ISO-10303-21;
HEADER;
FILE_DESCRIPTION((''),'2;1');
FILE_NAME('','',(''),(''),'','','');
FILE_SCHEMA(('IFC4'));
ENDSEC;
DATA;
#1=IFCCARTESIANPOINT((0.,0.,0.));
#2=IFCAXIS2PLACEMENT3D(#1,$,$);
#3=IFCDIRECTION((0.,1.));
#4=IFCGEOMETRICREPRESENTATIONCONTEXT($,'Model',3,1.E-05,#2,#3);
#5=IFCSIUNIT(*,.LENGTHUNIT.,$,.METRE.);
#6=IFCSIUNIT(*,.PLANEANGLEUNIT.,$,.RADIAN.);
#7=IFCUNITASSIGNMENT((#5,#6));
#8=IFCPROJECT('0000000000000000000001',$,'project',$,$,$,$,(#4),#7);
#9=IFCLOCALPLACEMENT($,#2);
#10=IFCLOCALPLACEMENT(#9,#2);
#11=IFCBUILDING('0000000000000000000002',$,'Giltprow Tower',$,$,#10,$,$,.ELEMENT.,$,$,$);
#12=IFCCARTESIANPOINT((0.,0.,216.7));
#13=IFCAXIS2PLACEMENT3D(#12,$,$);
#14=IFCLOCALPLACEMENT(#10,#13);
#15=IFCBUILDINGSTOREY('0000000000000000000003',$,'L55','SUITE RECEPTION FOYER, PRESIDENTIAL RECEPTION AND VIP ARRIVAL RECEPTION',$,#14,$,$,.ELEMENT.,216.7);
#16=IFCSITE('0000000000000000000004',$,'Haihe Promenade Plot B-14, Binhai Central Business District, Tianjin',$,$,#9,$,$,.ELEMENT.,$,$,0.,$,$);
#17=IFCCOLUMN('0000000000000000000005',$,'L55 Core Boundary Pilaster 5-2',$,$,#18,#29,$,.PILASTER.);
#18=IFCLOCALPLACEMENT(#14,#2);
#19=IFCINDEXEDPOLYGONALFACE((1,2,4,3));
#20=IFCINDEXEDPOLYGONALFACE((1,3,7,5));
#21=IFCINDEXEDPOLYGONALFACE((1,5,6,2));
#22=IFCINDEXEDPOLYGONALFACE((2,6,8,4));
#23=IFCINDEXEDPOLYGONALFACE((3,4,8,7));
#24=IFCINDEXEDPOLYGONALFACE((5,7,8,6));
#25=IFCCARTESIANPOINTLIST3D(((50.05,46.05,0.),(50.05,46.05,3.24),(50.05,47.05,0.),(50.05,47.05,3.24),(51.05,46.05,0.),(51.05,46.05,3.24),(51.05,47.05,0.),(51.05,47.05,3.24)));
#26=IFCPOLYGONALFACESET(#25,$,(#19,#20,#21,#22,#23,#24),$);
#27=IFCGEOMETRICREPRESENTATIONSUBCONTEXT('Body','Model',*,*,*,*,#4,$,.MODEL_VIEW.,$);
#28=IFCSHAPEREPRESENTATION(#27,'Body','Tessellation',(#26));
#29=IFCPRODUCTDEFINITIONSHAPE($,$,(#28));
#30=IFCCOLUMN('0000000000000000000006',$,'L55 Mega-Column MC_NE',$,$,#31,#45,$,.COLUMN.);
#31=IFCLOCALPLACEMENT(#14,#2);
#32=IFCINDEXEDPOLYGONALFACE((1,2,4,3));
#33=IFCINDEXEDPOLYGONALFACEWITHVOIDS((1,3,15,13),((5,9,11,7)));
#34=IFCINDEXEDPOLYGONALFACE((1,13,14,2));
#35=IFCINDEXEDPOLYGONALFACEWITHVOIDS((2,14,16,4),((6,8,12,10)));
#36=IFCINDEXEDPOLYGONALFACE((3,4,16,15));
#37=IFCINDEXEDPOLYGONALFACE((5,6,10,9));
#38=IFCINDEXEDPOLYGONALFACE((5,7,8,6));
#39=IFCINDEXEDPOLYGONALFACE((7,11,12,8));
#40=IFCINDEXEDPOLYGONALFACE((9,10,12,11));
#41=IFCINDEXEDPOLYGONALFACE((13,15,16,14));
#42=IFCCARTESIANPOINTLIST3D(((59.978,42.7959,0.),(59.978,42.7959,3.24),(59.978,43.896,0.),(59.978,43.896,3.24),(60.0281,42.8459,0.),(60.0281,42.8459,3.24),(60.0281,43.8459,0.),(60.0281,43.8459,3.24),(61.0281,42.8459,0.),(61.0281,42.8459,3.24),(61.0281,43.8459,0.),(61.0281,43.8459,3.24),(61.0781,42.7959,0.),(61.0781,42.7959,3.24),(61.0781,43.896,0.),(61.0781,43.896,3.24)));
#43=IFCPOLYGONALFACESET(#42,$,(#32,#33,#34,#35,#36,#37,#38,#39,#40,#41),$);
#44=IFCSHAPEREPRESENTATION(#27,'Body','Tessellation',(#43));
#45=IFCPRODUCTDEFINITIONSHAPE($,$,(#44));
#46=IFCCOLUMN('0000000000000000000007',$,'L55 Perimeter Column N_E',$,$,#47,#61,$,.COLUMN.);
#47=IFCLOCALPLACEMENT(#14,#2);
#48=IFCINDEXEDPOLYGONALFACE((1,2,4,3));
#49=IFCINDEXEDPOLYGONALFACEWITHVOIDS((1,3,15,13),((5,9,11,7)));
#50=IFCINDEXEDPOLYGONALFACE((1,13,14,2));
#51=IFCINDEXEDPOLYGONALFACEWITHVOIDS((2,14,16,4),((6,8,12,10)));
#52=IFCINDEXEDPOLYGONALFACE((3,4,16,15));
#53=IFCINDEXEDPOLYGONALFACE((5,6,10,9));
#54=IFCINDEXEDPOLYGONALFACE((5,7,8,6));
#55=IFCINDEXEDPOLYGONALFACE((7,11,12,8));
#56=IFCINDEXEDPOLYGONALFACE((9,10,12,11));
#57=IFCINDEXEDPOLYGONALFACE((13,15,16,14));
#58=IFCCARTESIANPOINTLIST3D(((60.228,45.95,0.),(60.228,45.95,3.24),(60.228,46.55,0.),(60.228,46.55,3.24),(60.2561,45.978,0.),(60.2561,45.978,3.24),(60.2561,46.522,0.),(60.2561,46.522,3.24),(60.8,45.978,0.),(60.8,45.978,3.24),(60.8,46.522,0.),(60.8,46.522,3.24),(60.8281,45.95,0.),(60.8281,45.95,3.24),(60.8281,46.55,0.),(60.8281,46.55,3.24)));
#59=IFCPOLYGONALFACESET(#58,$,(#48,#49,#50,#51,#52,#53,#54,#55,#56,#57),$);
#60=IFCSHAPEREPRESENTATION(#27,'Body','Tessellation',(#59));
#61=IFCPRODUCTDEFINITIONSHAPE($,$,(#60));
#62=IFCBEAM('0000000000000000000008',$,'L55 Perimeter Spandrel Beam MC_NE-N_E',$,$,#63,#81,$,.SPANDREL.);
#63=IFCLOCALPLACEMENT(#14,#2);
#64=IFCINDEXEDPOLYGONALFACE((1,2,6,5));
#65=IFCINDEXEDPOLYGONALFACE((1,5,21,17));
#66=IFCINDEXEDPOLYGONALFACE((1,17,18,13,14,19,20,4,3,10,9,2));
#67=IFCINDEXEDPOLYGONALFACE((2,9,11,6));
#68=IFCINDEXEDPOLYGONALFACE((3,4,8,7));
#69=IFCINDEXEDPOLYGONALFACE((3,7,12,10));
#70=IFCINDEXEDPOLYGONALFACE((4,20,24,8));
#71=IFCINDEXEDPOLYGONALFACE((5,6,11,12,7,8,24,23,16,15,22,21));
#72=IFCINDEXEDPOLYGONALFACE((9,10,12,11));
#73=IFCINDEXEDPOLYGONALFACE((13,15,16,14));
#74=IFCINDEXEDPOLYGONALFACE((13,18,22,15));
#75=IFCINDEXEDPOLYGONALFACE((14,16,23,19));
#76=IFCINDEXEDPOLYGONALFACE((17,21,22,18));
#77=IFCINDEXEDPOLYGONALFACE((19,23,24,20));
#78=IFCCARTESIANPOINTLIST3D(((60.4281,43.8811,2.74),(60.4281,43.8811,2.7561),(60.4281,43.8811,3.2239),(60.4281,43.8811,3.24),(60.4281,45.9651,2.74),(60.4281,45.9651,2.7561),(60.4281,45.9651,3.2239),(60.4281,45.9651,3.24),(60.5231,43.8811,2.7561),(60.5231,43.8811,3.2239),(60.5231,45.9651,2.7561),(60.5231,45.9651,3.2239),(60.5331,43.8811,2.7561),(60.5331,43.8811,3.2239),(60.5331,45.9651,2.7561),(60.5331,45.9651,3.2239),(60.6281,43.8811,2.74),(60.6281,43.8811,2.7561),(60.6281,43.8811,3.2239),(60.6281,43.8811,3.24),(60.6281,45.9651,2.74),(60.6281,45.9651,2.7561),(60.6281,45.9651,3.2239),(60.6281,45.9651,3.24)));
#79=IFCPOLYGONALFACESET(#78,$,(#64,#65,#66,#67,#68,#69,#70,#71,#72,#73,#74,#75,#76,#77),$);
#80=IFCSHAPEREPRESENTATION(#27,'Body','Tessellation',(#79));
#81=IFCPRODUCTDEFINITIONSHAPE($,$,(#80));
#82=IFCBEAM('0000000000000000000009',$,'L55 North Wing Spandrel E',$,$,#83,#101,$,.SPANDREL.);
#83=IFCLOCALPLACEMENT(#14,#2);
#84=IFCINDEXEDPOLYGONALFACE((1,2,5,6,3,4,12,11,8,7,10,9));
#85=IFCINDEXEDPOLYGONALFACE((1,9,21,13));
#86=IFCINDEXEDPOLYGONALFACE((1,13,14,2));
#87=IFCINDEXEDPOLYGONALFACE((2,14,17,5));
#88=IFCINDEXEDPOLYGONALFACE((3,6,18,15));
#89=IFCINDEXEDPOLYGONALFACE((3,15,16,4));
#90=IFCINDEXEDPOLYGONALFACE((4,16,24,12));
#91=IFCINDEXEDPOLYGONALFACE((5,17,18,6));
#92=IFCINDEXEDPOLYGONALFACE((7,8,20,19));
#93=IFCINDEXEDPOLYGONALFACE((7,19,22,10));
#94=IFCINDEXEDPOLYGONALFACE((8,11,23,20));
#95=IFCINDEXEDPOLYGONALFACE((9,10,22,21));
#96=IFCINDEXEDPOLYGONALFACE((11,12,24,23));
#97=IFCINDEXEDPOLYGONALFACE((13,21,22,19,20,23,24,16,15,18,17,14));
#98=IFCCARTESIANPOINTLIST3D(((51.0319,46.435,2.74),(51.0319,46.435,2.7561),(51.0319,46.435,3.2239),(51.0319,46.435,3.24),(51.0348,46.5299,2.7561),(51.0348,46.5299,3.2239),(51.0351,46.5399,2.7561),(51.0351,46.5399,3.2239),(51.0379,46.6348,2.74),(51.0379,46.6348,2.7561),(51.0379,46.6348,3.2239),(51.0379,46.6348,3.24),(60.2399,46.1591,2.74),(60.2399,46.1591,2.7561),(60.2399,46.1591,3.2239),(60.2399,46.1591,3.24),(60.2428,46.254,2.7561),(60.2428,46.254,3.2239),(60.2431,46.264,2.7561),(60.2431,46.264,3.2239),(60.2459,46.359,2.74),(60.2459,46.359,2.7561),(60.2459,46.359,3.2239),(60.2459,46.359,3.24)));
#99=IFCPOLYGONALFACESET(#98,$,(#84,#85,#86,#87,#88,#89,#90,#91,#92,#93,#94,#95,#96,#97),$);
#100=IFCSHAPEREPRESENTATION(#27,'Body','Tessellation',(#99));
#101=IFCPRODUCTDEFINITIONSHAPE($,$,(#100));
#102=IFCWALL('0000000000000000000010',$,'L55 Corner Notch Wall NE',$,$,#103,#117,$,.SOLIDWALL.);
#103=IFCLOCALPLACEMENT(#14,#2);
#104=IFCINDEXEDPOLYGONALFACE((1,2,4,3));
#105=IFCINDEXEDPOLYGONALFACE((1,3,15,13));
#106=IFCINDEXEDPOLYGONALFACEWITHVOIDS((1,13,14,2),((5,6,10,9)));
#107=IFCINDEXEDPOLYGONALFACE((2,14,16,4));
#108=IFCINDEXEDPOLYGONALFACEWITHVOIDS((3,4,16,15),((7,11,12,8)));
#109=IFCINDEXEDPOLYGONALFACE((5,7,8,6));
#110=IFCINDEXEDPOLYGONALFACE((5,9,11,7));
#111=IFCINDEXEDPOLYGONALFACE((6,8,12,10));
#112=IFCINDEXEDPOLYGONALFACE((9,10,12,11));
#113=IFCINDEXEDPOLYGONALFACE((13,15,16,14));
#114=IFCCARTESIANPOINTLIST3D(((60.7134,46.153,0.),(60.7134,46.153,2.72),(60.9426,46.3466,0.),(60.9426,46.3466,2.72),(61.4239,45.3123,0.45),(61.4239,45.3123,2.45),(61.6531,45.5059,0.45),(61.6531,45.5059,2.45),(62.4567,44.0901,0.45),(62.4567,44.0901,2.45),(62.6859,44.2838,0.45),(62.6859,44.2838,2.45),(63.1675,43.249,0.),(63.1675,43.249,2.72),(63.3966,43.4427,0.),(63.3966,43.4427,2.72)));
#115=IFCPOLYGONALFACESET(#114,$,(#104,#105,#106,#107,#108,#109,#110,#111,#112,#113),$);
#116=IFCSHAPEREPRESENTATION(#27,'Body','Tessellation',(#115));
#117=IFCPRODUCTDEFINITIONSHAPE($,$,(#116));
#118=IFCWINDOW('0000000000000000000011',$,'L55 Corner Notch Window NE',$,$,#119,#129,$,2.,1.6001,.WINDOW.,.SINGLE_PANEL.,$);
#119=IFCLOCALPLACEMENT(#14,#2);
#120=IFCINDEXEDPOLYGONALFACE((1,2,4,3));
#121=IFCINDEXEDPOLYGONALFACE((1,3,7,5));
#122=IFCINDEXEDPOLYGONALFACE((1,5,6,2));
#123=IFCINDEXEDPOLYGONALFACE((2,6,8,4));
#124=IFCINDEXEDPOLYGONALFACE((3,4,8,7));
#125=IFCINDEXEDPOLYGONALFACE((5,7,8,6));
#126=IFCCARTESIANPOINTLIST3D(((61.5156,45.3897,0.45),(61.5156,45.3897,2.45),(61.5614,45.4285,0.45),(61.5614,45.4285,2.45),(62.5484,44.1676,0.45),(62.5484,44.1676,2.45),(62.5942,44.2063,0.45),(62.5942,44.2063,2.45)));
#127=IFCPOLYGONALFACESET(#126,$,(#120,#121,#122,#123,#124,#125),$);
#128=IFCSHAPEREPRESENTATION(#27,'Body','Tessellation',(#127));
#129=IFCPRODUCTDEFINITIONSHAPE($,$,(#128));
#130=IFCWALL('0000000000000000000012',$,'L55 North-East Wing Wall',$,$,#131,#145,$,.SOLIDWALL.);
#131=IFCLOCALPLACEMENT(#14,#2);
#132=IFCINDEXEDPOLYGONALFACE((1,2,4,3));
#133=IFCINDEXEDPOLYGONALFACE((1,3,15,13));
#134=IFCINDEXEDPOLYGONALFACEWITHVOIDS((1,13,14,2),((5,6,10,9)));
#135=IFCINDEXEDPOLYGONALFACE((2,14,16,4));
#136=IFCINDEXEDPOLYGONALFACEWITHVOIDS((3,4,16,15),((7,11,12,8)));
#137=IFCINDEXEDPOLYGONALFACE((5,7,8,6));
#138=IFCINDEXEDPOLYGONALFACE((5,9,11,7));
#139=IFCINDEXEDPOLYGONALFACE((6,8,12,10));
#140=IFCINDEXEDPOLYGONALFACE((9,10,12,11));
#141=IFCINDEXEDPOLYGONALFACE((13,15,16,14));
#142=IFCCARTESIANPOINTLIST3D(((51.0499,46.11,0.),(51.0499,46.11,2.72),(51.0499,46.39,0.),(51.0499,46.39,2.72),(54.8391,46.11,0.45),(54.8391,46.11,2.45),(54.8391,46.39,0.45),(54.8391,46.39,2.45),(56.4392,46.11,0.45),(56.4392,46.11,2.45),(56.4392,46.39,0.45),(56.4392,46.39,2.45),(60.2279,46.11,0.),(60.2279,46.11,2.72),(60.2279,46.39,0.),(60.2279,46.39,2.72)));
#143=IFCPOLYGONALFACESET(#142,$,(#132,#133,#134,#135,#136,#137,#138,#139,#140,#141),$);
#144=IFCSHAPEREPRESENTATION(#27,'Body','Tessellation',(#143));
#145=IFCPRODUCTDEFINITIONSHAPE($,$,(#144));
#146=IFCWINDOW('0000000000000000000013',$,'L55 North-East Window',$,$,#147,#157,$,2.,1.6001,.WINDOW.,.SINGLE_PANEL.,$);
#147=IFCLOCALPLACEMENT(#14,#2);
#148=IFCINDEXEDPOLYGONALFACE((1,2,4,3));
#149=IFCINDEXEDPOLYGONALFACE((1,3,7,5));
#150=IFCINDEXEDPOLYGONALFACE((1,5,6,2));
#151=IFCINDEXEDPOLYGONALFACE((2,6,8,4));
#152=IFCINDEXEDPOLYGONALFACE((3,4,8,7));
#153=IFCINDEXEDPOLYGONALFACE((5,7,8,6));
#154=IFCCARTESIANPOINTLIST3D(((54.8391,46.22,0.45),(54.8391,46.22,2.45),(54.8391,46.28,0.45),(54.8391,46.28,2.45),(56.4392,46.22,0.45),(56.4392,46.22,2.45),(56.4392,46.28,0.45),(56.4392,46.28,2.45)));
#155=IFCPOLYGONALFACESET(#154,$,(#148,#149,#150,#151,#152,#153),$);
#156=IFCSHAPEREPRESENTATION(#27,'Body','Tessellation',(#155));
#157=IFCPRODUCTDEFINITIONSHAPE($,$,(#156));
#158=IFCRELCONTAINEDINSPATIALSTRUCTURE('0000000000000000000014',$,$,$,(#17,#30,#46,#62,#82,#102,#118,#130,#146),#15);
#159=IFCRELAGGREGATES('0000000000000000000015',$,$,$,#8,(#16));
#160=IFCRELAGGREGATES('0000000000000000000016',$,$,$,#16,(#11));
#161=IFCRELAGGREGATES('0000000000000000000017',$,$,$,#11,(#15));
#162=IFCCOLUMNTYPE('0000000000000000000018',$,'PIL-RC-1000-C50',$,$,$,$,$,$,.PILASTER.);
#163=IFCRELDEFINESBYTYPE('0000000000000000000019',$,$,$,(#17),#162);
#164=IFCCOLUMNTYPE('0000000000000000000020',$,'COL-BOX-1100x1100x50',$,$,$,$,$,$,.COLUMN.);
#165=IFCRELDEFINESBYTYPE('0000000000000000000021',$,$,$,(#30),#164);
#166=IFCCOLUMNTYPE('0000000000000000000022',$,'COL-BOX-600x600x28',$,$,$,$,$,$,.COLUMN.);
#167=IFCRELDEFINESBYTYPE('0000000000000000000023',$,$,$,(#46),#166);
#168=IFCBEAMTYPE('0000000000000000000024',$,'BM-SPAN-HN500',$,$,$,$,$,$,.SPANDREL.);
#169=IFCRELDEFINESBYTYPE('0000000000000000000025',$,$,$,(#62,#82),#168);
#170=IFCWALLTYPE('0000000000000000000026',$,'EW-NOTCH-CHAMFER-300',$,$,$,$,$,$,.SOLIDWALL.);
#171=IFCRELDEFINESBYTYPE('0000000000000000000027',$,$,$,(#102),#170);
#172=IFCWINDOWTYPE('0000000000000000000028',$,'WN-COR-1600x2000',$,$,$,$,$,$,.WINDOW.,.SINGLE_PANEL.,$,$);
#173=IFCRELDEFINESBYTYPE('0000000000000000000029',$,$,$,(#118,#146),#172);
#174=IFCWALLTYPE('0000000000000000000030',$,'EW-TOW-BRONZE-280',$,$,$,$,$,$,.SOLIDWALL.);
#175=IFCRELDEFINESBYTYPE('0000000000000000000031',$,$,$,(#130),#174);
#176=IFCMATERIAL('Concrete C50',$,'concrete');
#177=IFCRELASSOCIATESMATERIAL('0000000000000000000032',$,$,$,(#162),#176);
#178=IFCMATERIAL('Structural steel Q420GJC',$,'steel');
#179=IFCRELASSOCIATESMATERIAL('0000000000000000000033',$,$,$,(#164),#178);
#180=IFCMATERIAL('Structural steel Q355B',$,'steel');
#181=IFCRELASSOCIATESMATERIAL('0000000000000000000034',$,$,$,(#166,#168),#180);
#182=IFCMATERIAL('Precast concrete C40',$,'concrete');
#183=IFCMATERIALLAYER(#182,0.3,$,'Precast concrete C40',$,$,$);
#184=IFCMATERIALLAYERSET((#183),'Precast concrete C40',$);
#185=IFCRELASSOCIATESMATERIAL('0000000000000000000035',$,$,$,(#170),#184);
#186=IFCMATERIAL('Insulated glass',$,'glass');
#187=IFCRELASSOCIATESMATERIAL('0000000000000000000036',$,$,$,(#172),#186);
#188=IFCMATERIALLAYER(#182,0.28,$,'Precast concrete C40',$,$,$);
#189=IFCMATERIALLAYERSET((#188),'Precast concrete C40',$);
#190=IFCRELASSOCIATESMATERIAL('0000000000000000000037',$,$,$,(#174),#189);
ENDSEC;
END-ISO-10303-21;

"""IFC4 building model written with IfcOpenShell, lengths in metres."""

from ifc_helpers import new_model, si_unit, direction, frame, frame_2d, origin, origin_2d, place, context, subcontext, project, spatial, rectangle, hollow_rectangle, i_section, extrude, source, transform, mapped, material, layer, layer_set, material_profile, profile_set, type_object, element, fill, save


model = new_model("IFC4")

# Units and contexts
model_context = context("Model", 3, precision=1e-05, world=origin(), true_north=direction((0.0, 1.0)))
body_context = subcontext(model_context, "Body", "Model", "MODEL_VIEW")
ifc_project = project(units=[si_unit("LENGTHUNIT", "METRE"), si_unit("PLANEANGLEUNIT", "RADIAN")], contexts=[model_context])

# Site, building, storey
site_placement = place(None, origin())
site = spatial("IfcSite", under=ifc_project, at=site_placement, Name="Haihe Promenade Plot B-14, Binhai Central Business District, Tianjin", CompositionType="ELEMENT", RefElevation=0.0)
building_placement = place(site_placement, origin())
building = spatial("IfcBuilding", under=site, at=building_placement, Name="Giltprow Tower", CompositionType="ELEMENT")
storey_placement = place(building_placement, frame((0.0, 0.0, 216.7)))
storey = spatial("IfcBuildingStorey", under=building, at=storey_placement, Name="L55", Description="SUITE RECEPTION FOYER, PRESIDENTIAL RECEPTION AND VIP ARRIVAL RECEPTION", CompositionType="ELEMENT", Elevation=216.7)

# Columns
ifc_material_1 = material(Name="Concrete C50", Category="concrete")
ifc_material_profile_1 = material_profile(ifc_material_1, rectangle(XDim=1.0, YDim=1.0, at=origin_2d()), Name="RC 1000x1000")
ifc_profile_set_1 = profile_set([ifc_material_profile_1], Name="Concrete C50")
column_type_1 = type_object("IfcColumnType", Name="PIL-RC-1000-C50", PredefinedType="PILASTER", material=ifc_profile_set_1)
shared_shape_1 = source(origin(), body_context, "Body", "SweptSolid", [
    extrude(rectangle(XDim=1.0, YDim=1.0, at=origin_2d()), origin(), (0.0, 0.0, 1.0), 3.24),
])
column_1_placement = place(storey_placement, frame((50.55, 46.55, 0.0), z_axis=(0.0, 0.0, 1.0), x_axis=(1.0, 0.0, 0.0)))
element("IfcColumn", 1, at=column_1_placement, inside=storey, type_object=column_type_1, Name="L55 Core Boundary Pilaster 5-2", PredefinedType="PILASTER", context=body_context, shape_type="MappedRepresentation", body=[
    mapped(shared_shape_1, transform((0.0, 0.0, 0.0), x_axis=(1.0, 0.0, 0.0), y_axis=(0.0, 1.0, 0.0), z_axis=(0.0, 0.0, 1.0), scale=1.0)),
])
ifc_material_2 = material(Name="Structural steel Q420GJC", Category="steel")
ifc_material_profile_2 = material_profile(ifc_material_2, hollow_rectangle(XDim=1.1001, YDim=1.1001, WallThickness=0.05, at=origin_2d()), Name="BOX 1100x1100x50")
ifc_profile_set_2 = profile_set([ifc_material_profile_2], Name="Structural steel Q420GJC")
column_type_2 = type_object("IfcColumnType", Name="COL-BOX-1100x1100x50", PredefinedType="COLUMN", material=ifc_profile_set_2)
shared_shape_2 = source(origin(), body_context, "Body", "SweptSolid", [
    extrude(hollow_rectangle(XDim=1.1001, YDim=1.1001, WallThickness=0.05, at=origin_2d()), origin(), (0.0, 0.0, 1.0), 3.24),
])
column_2_placement = place(storey_placement, frame((60.5281, 43.3459, 0.0), z_axis=(0.0, 0.0, 1.0), x_axis=(1.0, 0.0, 0.0)))
element("IfcColumn", 2, at=column_2_placement, inside=storey, type_object=column_type_2, Name="L55 Mega-Column MC_NE", PredefinedType="COLUMN", context=body_context, shape_type="MappedRepresentation", body=[
    mapped(shared_shape_2, transform((0.0, 0.0, 0.0), x_axis=(1.0, 0.0, 0.0), y_axis=(0.0, 1.0, 0.0), z_axis=(0.0, 0.0, 1.0), scale=1.0)),
])
ifc_material_3 = material(Name="Structural steel Q355B", Category="steel")
ifc_material_profile_3 = material_profile(ifc_material_3, hollow_rectangle(XDim=0.6001, YDim=0.6001, WallThickness=0.0281, at=origin_2d()), Name="BOX 600x600x28")
ifc_profile_set_3 = profile_set([ifc_material_profile_3], Name="Structural steel Q355B")
column_type_3 = type_object("IfcColumnType", Name="COL-BOX-600x600x28", PredefinedType="COLUMN", material=ifc_profile_set_3)
shared_shape_3 = source(origin(), body_context, "Body", "SweptSolid", [
    extrude(hollow_rectangle(XDim=0.6001, YDim=0.6001, WallThickness=0.0281, at=origin_2d()), origin(), (0.0, 0.0, 1.0), 3.24),
])
column_3_placement = place(storey_placement, frame((60.5281, 46.25, 0.0), z_axis=(0.0, 0.0, 1.0), x_axis=(1.0, 0.0, 0.0)))
element("IfcColumn", 3, at=column_3_placement, inside=storey, type_object=column_type_3, Name="L55 Perimeter Column N_E", PredefinedType="COLUMN", context=body_context, shape_type="MappedRepresentation", body=[
    mapped(shared_shape_3, transform((0.0, 0.0, 0.0), x_axis=(1.0, 0.0, 0.0), y_axis=(0.0, 1.0, 0.0), z_axis=(0.0, 0.0, 1.0), scale=1.0)),
])

# Beams
ifc_material_profile_4 = material_profile(ifc_material_3, i_section(OverallWidth=0.2, OverallDepth=0.5, WebThickness=0.01, FlangeThickness=0.0161, at=origin_2d()), Name="HN 500x200x10x16")
ifc_profile_set_4 = profile_set([ifc_material_profile_4], Name="Structural steel Q355B")
beam_type = type_object("IfcBeamType", Name="BM-SPAN-HN500", PredefinedType="SPANDREL", material=ifc_profile_set_4)
shared_shape_4 = source(origin(), body_context, "Body", "SweptSolid", [
    extrude(i_section(OverallWidth=0.2, OverallDepth=0.5, WebThickness=0.01, FlangeThickness=0.0161, at=origin_2d()), origin(), (0.0, 0.0, 1.0), 2.084),
])
beam_1_placement = place(storey_placement, frame((60.5281, 43.8811, 2.99), z_axis=(0.0, 1.0, 0.0), x_axis=(-1.0, 0.0, 0.0)))
element("IfcBeam", 4, at=beam_1_placement, inside=storey, type_object=beam_type, Name="L55 Perimeter Spandrel Beam MC_NE-N_E", PredefinedType="SPANDREL", context=body_context, shape_type="MappedRepresentation", body=[
    mapped(shared_shape_4, transform((0.0, 0.0, 0.0), x_axis=(1.0, 0.0, 0.0), y_axis=(0.0, 1.0, 0.0), z_axis=(0.0, 0.0, 1.0), scale=1.0)),
])
shared_shape_5 = source(origin(), body_context, "Body", "SweptSolid", [
    extrude(i_section(OverallWidth=0.2, OverallDepth=0.5, WebThickness=0.01, FlangeThickness=0.0161, at=origin_2d()), origin(), (0.0, 0.0, 1.0), 9.2122),
])
beam_2_placement = place(storey_placement, frame((51.0349, 46.5349, 2.99), z_axis=(0.999551, -0.029947, 0.0), x_axis=(0.029947, 0.999551, 0.0)))
element("IfcBeam", 5, at=beam_2_placement, inside=storey, type_object=beam_type, Name="L55 North Wing Spandrel E", PredefinedType="SPANDREL", context=body_context, shape_type="MappedRepresentation", body=[
    mapped(shared_shape_5, transform((0.0, 0.0, 0.0), x_axis=(1.0, 0.0, 0.0), y_axis=(0.0, 1.0, 0.0), z_axis=(0.0, 0.0, 1.0), scale=1.0)),
])

# Walls, openings, windows
ifc_material_4 = material(Name="Precast concrete C40", Category="concrete")
ifc_layer_1 = layer(ifc_material_4, 0.3, Name="Precast concrete C40")
ifc_layer_set_1 = layer_set([ifc_layer_1], Name="Precast concrete C40")
wall_type_1 = type_object("IfcWallType", Name="EW-NOTCH-CHAMFER-300", PredefinedType="SOLIDWALL", material=ifc_layer_set_1)
wall_1_placement = place(storey_placement, frame((63.282, 43.3459, 0.0), z_axis=(0.0, 0.0, 1.0), x_axis=(-0.645456, 0.763798, 0.0)))
wall_1 = element("IfcWall", 6, at=wall_1_placement, inside=storey, type_object=wall_type_1, Name="L55 Corner Notch Wall NE", PredefinedType="SOLIDWALL", context=body_context, shape_type="SweptSolid", body=[
    extrude(rectangle(XDim=3.802, YDim=0.3, at=frame_2d((1.9009, 0.0))), origin(), (0.0, 0.0, 1.0), 2.72),
])
opening_1_placement = place(wall_1_placement, frame((1.1011, 0.0, 0.45)))
opening_1 = element("IfcOpeningElement", 7, at=opening_1_placement, cuts=wall_1, PredefinedType="OPENING", context=body_context, shape_type="SweptSolid", body=[
    extrude(rectangle(XDim=1.6001, YDim=2.0, at=frame_2d((0.8, 1.0))), frame((0.0, 0.1599, 0.0), z_axis=(0.0, -1.0, 0.0), x_axis=(1.0, 0.0, 0.0)), (0.0, 0.0, 1.0), 0.3201),
])
ifc_material_5 = material(Name="Insulated glass", Category="glass")
window_type = type_object("IfcWindowType", Name="WN-COR-1600x2000", PartitioningType="SINGLE_PANEL", PredefinedType="WINDOW", material=ifc_material_5)
shared_shape_6 = source(origin(), body_context, "Body", "SweptSolid", [
    extrude(rectangle(XDim=1.6001, YDim=2.0, at=frame_2d((0.8, 1.0))), frame((0.0, 0.03, 0.0), z_axis=(0.0, -1.0, 0.0), x_axis=(1.0, 0.0, 0.0)), (0.0, 0.0, 1.0), 0.0601),
])
window_1_placement = place(opening_1_placement, origin())
window_1 = element("IfcWindow", 8, at=window_1_placement, inside=storey, type_object=window_type, Name="L55 Corner Notch Window NE", OverallHeight=2.0, OverallWidth=1.6001, PartitioningType="SINGLE_PANEL", PredefinedType="WINDOW", context=body_context, shape_type="MappedRepresentation", body=[
    mapped(shared_shape_6, transform((0.0, 0.0, 0.0), x_axis=(1.0, 0.0, 0.0), y_axis=(0.0, 1.0, 0.0), z_axis=(0.0, 0.0, 1.0), scale=1.0)),
])
fill(opening_1, window_1)
ifc_layer_2 = layer(ifc_material_4, 0.28, Name="Precast concrete C40")
ifc_layer_set_2 = layer_set([ifc_layer_2], Name="Precast concrete C40")
wall_type_2 = type_object("IfcWallType", Name="EW-TOW-BRONZE-280", PredefinedType="SOLIDWALL", material=ifc_layer_set_2)
wall_2_placement = place(storey_placement, frame((51.05, 46.25, 0.0), z_axis=(0.0, 0.0, 1.0), x_axis=(1.0, 0.0, 0.0)))
wall_2 = element("IfcWall", 9, at=wall_2_placement, inside=storey, type_object=wall_type_2, Name="L55 North-East Wing Wall", PredefinedType="SOLIDWALL", context=body_context, shape_type="SweptSolid", body=[
    extrude(rectangle(XDim=9.178, YDim=0.28, at=frame_2d((4.5889, 0.0))), origin(), (0.0, 0.0, 1.0), 2.72),
])
opening_2_placement = place(wall_2_placement, frame((3.7891, 0.0, 0.45)))
opening_2 = element("IfcOpeningElement", 10, at=opening_2_placement, cuts=wall_2, PredefinedType="OPENING", context=body_context, shape_type="SweptSolid", body=[
    extrude(rectangle(XDim=1.6001, YDim=2.0, at=frame_2d((0.8, 1.0))), frame((0.0, 0.1499, 0.0), z_axis=(0.0, -1.0, 0.0), x_axis=(1.0, 0.0, 0.0)), (0.0, 0.0, 1.0), 0.3),
])
window_2_placement = place(opening_2_placement, origin())
window_2 = element("IfcWindow", 11, at=window_2_placement, inside=storey, type_object=window_type, Name="L55 North-East Window", OverallHeight=2.0, OverallWidth=1.6001, PartitioningType="SINGLE_PANEL", PredefinedType="WINDOW", context=body_context, shape_type="MappedRepresentation", body=[
    mapped(shared_shape_6, transform((0.0, 0.0, 0.0), x_axis=(1.0, 0.0, 0.0), y_axis=(0.0, 1.0, 0.0), z_axis=(0.0, 0.0, 1.0), scale=1.0)),
])
fill(opening_2, window_2)

save(model, "model.ifc")
